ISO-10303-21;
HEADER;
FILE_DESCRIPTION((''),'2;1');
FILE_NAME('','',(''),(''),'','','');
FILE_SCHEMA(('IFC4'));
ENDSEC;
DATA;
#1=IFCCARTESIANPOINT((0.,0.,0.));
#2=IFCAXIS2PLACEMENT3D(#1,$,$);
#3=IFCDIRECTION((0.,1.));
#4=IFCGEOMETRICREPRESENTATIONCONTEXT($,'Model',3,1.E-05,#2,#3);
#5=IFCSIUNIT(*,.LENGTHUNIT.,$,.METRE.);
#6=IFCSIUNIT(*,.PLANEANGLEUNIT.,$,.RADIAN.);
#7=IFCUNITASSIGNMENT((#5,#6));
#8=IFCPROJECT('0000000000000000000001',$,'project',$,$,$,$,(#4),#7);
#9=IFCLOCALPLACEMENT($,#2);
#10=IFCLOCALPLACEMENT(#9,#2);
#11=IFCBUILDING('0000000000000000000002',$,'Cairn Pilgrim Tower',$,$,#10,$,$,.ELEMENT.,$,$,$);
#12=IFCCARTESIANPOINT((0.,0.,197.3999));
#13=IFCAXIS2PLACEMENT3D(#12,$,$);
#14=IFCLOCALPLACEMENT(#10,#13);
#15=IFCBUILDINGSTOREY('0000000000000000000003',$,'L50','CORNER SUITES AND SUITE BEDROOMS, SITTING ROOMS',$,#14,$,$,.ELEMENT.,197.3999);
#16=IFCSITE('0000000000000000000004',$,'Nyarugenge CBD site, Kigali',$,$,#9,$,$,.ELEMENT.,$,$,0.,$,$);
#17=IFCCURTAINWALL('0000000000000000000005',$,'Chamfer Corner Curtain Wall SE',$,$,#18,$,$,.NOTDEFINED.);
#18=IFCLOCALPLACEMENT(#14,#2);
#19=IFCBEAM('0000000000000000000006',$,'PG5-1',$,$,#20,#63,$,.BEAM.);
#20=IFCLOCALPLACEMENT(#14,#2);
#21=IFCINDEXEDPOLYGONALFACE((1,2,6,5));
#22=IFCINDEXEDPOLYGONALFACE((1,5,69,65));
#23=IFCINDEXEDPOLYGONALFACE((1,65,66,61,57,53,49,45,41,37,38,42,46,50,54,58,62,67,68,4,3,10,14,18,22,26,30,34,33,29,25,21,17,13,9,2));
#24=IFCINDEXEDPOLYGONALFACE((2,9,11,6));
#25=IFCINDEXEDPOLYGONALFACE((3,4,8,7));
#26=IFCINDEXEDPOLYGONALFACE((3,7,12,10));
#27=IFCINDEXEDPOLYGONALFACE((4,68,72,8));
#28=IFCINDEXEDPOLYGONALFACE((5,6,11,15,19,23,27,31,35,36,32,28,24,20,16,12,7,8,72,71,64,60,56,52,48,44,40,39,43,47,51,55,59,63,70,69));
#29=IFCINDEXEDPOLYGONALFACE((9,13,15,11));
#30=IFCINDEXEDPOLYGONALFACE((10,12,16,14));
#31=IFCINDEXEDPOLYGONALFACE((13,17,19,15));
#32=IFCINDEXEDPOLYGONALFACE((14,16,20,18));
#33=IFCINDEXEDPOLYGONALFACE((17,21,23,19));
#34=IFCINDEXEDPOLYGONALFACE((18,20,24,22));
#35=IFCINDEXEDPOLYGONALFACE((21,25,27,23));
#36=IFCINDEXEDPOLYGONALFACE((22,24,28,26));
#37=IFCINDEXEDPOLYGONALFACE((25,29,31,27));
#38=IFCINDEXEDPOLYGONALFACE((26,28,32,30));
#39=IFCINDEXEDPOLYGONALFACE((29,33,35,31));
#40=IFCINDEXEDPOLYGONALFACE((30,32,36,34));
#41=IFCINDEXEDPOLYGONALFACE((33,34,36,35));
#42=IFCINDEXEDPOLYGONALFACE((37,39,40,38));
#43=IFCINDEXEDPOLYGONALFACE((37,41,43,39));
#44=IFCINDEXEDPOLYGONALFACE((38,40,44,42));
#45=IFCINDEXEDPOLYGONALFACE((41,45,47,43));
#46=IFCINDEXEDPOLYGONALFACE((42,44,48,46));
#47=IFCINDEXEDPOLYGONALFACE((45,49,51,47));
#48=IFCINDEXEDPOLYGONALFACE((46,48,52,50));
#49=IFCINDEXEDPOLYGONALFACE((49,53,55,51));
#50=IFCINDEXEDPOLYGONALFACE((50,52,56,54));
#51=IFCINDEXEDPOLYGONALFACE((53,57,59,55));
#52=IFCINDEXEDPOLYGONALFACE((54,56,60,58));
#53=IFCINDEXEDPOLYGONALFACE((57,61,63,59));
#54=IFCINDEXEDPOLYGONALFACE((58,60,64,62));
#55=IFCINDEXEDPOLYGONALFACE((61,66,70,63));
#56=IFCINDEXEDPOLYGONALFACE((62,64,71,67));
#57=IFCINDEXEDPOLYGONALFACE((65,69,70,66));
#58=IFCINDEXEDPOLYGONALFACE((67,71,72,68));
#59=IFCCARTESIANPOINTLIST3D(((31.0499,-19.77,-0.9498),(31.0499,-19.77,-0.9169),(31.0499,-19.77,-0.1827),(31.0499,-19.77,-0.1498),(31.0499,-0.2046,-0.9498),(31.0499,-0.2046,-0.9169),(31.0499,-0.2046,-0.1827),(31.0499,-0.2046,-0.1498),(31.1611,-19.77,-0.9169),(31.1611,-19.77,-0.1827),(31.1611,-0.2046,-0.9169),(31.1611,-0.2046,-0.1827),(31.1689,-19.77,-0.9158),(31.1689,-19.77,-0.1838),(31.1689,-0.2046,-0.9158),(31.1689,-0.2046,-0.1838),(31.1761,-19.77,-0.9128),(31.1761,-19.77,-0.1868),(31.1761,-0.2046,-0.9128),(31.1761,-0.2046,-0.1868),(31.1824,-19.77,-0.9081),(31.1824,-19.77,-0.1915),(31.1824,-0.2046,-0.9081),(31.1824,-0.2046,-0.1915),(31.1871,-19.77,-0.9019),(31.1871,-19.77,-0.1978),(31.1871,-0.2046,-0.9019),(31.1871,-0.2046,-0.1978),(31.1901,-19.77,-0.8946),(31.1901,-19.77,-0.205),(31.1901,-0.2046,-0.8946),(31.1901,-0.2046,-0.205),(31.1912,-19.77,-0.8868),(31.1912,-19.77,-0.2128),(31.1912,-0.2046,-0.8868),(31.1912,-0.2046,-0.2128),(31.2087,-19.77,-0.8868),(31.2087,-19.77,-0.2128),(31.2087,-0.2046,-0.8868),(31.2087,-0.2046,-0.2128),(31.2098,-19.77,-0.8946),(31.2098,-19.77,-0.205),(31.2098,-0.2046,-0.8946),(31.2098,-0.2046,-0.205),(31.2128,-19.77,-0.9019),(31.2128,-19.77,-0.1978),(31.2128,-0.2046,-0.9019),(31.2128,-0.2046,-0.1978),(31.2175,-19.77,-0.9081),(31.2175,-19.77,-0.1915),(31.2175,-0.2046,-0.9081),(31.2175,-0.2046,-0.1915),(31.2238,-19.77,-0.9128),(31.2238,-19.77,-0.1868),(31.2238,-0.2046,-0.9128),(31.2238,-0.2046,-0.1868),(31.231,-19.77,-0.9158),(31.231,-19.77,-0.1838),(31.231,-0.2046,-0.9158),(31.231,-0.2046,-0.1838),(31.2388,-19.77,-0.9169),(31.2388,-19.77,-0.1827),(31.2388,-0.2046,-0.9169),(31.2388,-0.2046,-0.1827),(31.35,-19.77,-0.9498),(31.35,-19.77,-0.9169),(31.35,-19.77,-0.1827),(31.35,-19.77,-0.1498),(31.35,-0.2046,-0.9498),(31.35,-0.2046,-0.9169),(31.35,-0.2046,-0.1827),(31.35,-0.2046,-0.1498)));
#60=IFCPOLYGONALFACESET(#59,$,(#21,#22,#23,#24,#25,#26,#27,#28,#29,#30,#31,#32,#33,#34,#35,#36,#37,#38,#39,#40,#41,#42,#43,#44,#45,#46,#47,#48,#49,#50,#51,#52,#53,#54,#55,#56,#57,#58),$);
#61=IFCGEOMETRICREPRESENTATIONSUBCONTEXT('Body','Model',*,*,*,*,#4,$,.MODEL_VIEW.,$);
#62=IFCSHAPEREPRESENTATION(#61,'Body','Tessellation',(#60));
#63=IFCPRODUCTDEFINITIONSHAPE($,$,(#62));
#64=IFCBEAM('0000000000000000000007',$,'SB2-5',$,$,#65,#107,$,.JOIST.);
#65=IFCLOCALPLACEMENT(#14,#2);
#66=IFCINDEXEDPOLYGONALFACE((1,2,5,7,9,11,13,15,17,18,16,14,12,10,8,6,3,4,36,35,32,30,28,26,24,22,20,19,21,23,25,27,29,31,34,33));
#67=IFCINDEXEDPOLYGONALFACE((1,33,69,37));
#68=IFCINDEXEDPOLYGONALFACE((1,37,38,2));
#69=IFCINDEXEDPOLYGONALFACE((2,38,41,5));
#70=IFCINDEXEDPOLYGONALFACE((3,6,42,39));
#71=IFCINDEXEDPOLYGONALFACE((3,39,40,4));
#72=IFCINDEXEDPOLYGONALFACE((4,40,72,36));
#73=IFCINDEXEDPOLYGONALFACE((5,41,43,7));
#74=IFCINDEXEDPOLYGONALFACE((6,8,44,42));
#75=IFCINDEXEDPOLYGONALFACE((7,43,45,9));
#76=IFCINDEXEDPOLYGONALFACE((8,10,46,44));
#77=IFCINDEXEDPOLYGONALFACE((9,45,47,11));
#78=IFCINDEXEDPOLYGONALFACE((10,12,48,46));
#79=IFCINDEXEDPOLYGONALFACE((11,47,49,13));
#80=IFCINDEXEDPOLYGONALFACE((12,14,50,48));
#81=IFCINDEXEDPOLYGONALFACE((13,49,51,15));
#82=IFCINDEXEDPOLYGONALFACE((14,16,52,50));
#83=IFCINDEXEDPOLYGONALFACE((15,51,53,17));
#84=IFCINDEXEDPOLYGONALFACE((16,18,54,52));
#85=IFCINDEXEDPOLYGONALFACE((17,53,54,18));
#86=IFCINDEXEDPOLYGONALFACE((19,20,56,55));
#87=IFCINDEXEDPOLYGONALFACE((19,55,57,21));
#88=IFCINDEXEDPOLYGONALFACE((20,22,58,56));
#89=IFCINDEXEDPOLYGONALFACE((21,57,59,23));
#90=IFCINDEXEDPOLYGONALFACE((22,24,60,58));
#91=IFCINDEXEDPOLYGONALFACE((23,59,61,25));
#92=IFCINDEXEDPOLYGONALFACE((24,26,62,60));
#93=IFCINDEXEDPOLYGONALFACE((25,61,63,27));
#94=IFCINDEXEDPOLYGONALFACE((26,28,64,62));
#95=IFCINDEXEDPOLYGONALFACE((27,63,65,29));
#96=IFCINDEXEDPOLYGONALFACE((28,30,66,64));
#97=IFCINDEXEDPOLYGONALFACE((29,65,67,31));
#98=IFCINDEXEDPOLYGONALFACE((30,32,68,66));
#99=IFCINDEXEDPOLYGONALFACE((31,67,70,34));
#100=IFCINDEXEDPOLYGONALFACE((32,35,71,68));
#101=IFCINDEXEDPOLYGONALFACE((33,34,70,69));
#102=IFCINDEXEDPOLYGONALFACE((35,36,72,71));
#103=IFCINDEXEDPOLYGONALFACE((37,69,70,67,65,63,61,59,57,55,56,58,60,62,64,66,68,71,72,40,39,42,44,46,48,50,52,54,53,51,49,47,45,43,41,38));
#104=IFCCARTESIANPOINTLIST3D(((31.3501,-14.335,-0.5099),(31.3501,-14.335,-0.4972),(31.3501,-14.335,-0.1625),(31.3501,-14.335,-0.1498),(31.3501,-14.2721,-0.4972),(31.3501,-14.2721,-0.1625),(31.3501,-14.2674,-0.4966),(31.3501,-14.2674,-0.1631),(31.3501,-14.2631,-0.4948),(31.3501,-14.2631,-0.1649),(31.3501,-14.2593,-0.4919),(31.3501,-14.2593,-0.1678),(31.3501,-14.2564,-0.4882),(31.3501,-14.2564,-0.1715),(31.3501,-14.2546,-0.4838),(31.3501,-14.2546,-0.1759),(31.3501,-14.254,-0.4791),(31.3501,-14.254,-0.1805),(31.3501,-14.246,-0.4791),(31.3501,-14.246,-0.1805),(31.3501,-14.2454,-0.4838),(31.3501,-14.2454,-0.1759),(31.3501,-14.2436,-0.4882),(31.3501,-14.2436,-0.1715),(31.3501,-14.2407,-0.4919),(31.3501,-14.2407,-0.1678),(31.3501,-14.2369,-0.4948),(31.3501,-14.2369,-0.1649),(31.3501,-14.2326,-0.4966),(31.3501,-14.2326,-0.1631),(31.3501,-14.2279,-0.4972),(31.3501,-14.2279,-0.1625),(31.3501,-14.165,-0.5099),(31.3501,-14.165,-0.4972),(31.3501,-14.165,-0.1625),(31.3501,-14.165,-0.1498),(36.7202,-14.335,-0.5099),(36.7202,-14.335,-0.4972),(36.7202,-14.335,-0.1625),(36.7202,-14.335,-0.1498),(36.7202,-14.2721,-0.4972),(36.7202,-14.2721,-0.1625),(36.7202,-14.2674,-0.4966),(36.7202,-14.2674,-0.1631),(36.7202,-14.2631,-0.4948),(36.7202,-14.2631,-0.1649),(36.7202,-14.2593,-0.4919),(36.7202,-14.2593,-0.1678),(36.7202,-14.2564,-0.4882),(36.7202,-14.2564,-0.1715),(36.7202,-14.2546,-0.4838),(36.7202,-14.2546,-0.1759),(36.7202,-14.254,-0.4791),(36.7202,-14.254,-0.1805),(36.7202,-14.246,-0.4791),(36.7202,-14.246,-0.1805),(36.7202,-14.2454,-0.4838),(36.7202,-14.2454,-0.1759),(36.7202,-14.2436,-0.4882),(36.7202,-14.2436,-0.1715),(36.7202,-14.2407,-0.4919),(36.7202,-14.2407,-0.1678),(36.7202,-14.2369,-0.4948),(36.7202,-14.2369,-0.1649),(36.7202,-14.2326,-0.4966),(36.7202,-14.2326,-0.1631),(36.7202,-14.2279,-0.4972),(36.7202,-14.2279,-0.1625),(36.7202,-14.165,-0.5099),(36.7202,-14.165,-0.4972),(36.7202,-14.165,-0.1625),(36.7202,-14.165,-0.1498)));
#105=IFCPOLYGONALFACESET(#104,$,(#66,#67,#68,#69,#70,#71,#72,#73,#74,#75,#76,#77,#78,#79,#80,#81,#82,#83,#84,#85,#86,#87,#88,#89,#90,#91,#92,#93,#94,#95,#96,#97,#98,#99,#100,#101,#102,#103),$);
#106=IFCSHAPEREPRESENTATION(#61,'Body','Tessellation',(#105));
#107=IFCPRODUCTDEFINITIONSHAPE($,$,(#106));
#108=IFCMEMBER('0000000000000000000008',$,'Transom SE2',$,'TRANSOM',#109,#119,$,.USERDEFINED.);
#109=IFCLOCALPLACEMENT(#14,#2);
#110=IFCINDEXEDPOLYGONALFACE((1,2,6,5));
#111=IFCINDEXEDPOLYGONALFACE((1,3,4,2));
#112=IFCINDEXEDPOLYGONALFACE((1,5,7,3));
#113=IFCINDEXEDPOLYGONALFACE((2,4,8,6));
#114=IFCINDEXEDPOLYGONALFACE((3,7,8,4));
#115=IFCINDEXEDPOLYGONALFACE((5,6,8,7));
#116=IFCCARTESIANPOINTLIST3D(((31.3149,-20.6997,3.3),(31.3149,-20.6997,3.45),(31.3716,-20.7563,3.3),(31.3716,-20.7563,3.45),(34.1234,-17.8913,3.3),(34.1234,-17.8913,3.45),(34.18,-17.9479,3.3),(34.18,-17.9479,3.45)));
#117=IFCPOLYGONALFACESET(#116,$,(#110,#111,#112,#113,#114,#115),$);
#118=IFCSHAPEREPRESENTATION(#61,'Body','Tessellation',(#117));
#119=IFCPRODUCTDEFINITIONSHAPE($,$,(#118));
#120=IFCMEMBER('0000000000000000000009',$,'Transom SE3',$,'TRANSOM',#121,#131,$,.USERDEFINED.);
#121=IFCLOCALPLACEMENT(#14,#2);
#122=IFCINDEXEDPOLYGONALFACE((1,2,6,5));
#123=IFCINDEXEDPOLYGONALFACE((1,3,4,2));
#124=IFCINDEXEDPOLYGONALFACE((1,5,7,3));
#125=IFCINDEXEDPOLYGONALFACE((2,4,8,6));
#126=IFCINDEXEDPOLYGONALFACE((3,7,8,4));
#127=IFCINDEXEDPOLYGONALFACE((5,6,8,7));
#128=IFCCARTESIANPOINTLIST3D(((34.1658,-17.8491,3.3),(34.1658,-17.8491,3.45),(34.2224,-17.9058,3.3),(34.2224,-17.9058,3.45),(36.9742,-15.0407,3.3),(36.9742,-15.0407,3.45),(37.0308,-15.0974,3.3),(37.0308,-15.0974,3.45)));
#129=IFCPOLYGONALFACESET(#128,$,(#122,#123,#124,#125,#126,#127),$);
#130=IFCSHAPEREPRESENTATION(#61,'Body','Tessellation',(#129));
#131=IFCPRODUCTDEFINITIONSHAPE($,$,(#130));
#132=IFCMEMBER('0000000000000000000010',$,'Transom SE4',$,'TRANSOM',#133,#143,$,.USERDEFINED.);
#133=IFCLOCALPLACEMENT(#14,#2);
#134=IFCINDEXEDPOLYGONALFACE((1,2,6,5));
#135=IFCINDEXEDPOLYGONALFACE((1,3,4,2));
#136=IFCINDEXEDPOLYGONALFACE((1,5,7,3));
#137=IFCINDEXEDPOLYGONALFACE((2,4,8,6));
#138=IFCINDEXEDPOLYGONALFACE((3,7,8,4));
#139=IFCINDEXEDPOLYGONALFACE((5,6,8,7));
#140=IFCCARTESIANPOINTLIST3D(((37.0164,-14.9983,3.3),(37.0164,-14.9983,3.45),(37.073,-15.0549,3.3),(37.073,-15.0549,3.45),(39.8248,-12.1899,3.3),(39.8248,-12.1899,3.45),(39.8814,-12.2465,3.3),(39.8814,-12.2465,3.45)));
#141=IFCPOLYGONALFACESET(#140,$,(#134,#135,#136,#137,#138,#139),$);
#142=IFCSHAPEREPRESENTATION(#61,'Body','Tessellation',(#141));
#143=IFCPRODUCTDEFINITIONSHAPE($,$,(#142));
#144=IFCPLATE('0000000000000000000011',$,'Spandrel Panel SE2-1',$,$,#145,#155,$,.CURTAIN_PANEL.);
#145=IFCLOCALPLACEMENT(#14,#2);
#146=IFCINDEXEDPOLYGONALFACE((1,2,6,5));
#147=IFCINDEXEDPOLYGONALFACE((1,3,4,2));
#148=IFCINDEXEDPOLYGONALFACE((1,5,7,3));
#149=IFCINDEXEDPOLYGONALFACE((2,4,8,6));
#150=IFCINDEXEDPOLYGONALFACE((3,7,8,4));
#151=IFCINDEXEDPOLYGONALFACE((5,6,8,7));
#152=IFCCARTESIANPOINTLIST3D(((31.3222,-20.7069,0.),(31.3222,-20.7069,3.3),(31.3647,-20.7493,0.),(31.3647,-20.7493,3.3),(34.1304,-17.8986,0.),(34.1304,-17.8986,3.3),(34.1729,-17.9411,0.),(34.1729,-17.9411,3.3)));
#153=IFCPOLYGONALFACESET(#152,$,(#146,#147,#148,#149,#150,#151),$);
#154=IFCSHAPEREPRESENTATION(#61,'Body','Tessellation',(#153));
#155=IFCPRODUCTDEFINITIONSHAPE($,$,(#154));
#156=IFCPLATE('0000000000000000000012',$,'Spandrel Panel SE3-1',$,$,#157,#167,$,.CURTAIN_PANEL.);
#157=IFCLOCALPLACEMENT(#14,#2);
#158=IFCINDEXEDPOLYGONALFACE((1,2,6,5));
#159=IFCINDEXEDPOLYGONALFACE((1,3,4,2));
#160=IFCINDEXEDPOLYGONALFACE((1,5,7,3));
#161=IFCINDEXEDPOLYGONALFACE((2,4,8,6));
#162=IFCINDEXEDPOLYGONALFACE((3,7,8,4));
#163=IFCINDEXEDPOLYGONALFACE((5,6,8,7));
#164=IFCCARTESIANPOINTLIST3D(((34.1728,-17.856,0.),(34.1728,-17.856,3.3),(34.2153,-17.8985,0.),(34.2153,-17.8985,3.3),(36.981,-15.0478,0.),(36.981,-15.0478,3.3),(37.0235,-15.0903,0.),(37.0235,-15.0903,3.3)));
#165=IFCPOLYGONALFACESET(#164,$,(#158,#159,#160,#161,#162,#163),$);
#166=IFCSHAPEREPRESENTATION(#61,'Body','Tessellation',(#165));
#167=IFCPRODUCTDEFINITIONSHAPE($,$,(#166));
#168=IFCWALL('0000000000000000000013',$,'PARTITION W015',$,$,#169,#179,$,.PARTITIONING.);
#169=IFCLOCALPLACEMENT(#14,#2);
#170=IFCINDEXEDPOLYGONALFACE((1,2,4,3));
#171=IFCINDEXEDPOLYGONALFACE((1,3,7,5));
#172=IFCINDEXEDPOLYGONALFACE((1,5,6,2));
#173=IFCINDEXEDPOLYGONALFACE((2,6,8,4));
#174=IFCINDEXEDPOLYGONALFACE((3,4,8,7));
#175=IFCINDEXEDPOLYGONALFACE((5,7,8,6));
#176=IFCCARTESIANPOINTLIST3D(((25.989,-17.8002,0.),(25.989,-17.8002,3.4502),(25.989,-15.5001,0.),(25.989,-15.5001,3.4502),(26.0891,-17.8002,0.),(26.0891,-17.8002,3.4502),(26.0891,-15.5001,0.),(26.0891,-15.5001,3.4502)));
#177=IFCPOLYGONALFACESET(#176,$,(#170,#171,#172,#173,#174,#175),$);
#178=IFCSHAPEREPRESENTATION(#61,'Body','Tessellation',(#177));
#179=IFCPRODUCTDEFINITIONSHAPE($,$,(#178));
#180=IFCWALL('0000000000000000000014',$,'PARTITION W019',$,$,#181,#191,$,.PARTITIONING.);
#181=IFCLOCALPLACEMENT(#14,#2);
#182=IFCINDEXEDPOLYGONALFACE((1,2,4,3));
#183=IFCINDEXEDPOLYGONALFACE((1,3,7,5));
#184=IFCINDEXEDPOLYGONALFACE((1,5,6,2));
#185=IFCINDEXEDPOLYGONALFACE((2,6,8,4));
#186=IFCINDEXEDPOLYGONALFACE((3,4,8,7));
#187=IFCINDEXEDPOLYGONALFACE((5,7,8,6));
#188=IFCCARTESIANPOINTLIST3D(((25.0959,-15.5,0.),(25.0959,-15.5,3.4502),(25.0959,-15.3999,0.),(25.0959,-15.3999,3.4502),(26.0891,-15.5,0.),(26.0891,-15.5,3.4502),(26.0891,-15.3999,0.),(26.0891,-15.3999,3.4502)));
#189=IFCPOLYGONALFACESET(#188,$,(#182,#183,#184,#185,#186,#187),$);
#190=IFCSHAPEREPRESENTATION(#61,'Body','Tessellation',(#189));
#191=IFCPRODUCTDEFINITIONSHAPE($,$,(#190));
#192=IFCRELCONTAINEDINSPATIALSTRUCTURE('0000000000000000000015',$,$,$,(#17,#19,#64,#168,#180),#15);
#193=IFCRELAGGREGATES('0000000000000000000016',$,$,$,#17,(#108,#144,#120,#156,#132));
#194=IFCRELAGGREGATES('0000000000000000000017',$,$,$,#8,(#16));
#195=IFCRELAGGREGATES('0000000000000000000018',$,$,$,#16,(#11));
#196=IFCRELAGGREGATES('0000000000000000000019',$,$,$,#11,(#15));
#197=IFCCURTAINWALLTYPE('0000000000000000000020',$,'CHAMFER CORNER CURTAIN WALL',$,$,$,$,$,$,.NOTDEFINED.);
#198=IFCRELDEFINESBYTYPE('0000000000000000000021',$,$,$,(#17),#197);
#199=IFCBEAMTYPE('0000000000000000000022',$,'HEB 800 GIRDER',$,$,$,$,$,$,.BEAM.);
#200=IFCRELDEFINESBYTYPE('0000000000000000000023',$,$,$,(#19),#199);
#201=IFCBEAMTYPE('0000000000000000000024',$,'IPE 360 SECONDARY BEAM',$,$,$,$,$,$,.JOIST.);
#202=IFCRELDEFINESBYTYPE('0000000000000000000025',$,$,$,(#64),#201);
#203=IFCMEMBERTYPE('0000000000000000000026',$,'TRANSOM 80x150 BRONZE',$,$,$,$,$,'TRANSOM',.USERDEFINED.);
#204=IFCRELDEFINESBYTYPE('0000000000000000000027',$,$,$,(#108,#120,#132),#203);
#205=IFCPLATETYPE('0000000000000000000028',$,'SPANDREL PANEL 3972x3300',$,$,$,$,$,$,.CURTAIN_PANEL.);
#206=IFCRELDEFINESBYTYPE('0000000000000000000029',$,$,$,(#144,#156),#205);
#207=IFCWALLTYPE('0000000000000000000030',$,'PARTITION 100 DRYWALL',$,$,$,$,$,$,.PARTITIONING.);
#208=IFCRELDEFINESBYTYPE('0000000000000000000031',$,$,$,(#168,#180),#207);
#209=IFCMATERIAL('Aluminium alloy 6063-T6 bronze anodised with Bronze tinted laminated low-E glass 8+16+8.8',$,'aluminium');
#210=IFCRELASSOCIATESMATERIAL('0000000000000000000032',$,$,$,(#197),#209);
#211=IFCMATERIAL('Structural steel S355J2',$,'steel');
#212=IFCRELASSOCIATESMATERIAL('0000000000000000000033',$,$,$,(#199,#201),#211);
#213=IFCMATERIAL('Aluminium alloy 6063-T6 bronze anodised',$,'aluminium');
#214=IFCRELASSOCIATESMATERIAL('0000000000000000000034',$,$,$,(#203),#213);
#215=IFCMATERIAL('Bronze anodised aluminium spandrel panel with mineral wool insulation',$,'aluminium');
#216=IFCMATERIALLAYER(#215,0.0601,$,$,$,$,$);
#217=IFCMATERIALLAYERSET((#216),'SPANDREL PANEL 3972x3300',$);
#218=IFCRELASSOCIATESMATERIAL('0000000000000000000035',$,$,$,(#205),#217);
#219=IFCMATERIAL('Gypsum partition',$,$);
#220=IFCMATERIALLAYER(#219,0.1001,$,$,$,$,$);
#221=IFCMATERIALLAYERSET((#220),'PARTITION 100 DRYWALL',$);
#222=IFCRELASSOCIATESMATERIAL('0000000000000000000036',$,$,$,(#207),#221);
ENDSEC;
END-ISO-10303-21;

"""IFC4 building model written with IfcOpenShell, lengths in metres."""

from ifc_helpers import new_model, si_unit, direction, frame, frame_2d, origin, origin_2d, place, context, subcontext, project, spatial, rectangle, i_section, extrude, material, layer, layer_set, material_profile, profile_set, type_object, element, aggregate, save


model = new_model("IFC4")

# Units and contexts
model_context = context("Model", 3, precision=1e-05, world=origin(), true_north=direction((0.0, 1.0)))
body_context = subcontext(model_context, "Body", "Model", "MODEL_VIEW")
ifc_project = project(units=[si_unit("LENGTHUNIT", "METRE"), si_unit("PLANEANGLEUNIT", "RADIAN")], contexts=[model_context])

# Site, building, storey
site_placement = place(None, origin())
site = spatial("IfcSite", under=ifc_project, at=site_placement, Name="Nyarugenge CBD site, Kigali", CompositionType="ELEMENT", RefElevation=0.0)
building_placement = place(site_placement, origin())
building = spatial("IfcBuilding", under=site, at=building_placement, Name="Cairn Pilgrim Tower", CompositionType="ELEMENT")
storey_placement = place(building_placement, frame((0.0, 0.0, 197.3999)))
storey = spatial("IfcBuildingStorey", under=building, at=storey_placement, Name="L50", Description="CORNER SUITES AND SUITE BEDROOMS, SITTING ROOMS", CompositionType="ELEMENT", Elevation=197.3999)

# Shared definitions
ifc_material_1 = material(Name="Structural steel S355J2", Category="steel")

# Curtain wall
ifc_material_2 = material(Name="Aluminium alloy 6063-T6 bronze anodised with Bronze tinted laminated low-E glass 8+16+8.8", Category="aluminium")
curtain_wall_type = type_object("IfcCurtainWallType", Name="CHAMFER CORNER CURTAIN WALL", PredefinedType="NOTDEFINED", material=ifc_material_2)
curtain_wall_placement = place(storey_placement, origin())
curtain_wall = element("IfcCurtainWall", 1, at=curtain_wall_placement, inside=storey, type_object=curtain_wall_type, Name="Chamfer Corner Curtain Wall SE", PredefinedType="NOTDEFINED")
ifc_material_3 = material(Name="Aluminium alloy 6063-T6 bronze anodised", Category="aluminium")

# Beams
ifc_material_profile_1 = material_profile(ifc_material_1, i_section(OverallWidth=0.3, OverallDepth=0.8, WebThickness=0.0176, FlangeThickness=0.033, FilletRadius=0.03, at=origin_2d()), Name="HEB 800")
ifc_profile_set_1 = profile_set([ifc_material_profile_1], Name="Structural steel S355J2")
beam_type_1 = type_object("IfcBeamType", Name="HEB 800 GIRDER", PredefinedType="BEAM", material=ifc_profile_set_1)
beam_1_placement = place(storey_placement, frame((31.2, -19.77, -0.5498), z_axis=(0.0, 1.0, 0.0), x_axis=(-1.0, 0.0, 0.0)))
element("IfcBeam", 2, at=beam_1_placement, inside=storey, type_object=beam_type_1, Name="PG5-1", PredefinedType="BEAM", context=body_context, shape_type="SweptSolid", body=[
    extrude(i_section(OverallWidth=0.3, OverallDepth=0.8, WebThickness=0.0176, FlangeThickness=0.033, FilletRadius=0.03, at=origin_2d()), origin(), (0.0, 0.0, 1.0), 19.5654),
])
ifc_material_profile_2 = material_profile(ifc_material_1, i_section(OverallWidth=0.1699, OverallDepth=0.3601, WebThickness=0.0081, FlangeThickness=0.0127, FilletRadius=0.0181, at=origin_2d()), Name="IPE 360")
ifc_profile_set_2 = profile_set([ifc_material_profile_2], Name="Structural steel S355J2")
beam_type_2 = type_object("IfcBeamType", Name="IPE 360 SECONDARY BEAM", PredefinedType="JOIST", material=ifc_profile_set_2)
beam_2_placement = place(storey_placement, frame((31.3501, -14.25, -0.3298), z_axis=(1.0, 0.0, 0.0), x_axis=(0.0, 1.0, 0.0)))
element("IfcBeam", 3, at=beam_2_placement, inside=storey, type_object=beam_type_2, Name="SB2-5", PredefinedType="JOIST", context=body_context, shape_type="SweptSolid", body=[
    extrude(i_section(OverallWidth=0.1699, OverallDepth=0.3601, WebThickness=0.0081, FlangeThickness=0.0127, FilletRadius=0.0181, at=origin_2d()), origin(), (0.0, 0.0, 1.0), 5.3701),
])

# Members
ifc_material_profile_3 = material_profile(ifc_material_3, rectangle(XDim=0.0801, YDim=0.1499, at=origin_2d()), Name="TRANSOM 80x150 BRONZE")
ifc_profile_set_3 = profile_set([ifc_material_profile_3], Name="Aluminium alloy 6063-T6 bronze anodised")
member_type_1 = type_object("IfcMemberType", Name="TRANSOM 80x150 BRONZE", ElementType="TRANSOM", PredefinedType="USERDEFINED", material=ifc_profile_set_3)
member_1_placement = place(storey_placement, frame((31.3433, -20.728, 3.375), z_axis=(0.707107, 0.707107, 0.0), x_axis=(-0.707107, 0.707107, 0.0)))
member_1 = element("IfcMember", 4, at=member_1_placement, type_object=member_type_1, Name="Transom SE2", ObjectType="TRANSOM", PredefinedType="USERDEFINED", context=body_context, shape_type="SweptSolid", body=[
    extrude(rectangle(XDim=0.0801, YDim=0.1499, at=origin_2d()), origin(), (0.0, 0.0, 1.0), 3.9717),
])
member_2_placement = place(storey_placement, frame((34.1941, -17.8774, 3.375), z_axis=(0.707107, 0.707107, 0.0), x_axis=(-0.707107, 0.707107, 0.0)))
member_2 = element("IfcMember", 5, at=member_2_placement, type_object=member_type_1, Name="Transom SE3", ObjectType="TRANSOM", PredefinedType="USERDEFINED", context=body_context, shape_type="SweptSolid", body=[
    extrude(rectangle(XDim=0.0801, YDim=0.1499, at=origin_2d()), origin(), (0.0, 0.0, 1.0), 3.9717),
])
member_3_placement = place(storey_placement, frame((37.0447, -15.0266, 3.375), z_axis=(0.707107, 0.707107, 0.0), x_axis=(-0.707107, 0.707107, 0.0)))
member_3 = element("IfcMember", 6, at=member_3_placement, type_object=member_type_1, Name="Transom SE4", ObjectType="TRANSOM", PredefinedType="USERDEFINED", context=body_context, shape_type="SweptSolid", body=[
    extrude(rectangle(XDim=0.0801, YDim=0.1499, at=origin_2d()), origin(), (0.0, 0.0, 1.0), 3.9717),
])

# Plates
ifc_material_4 = material(Name="Bronze anodised aluminium spandrel panel with mineral wool insulation", Category="aluminium")
ifc_layer_1 = layer(ifc_material_4, 0.0601)
ifc_layer_set_1 = layer_set([ifc_layer_1], Name="SPANDREL PANEL 3972x3300")
plate_type = type_object("IfcPlateType", Name="SPANDREL PANEL 3972x3300", PredefinedType="CURTAIN_PANEL", material=ifc_layer_set_1)
plate_1_placement = place(storey_placement, frame((32.7476, -19.324, 0.0), z_axis=(0.0, 0.0, 1.0), x_axis=(0.707107, 0.707107, 0.0)))
plate_1 = element("IfcPlate", 7, at=plate_1_placement, type_object=plate_type, Name="Spandrel Panel SE2-1", PredefinedType="CURTAIN_PANEL", context=body_context, shape_type="SweptSolid", body=[
    extrude(rectangle(XDim=3.9714, YDim=0.0601, at=origin_2d()), origin(), (0.0, 0.0, 1.0), 3.3),
])
plate_2_placement = place(storey_placement, frame((35.5981, -16.4731, 0.0), z_axis=(0.0, 0.0, 1.0), x_axis=(0.707107, 0.707107, 0.0)))
plate_2 = element("IfcPlate", 8, at=plate_2_placement, type_object=plate_type, Name="Spandrel Panel SE3-1", PredefinedType="CURTAIN_PANEL", context=body_context, shape_type="SweptSolid", body=[
    extrude(rectangle(XDim=3.9714, YDim=0.0601, at=origin_2d()), origin(), (0.0, 0.0, 1.0), 3.3),
])
aggregate(curtain_wall, [member_1, plate_1, member_2, plate_2, member_3])

# Walls
ifc_material_5 = material(Name="Gypsum partition")
ifc_layer_2 = layer(ifc_material_5, 0.1001)
ifc_layer_set_2 = layer_set([ifc_layer_2], Name="PARTITION 100 DRYWALL")
wall_type_1 = type_object("IfcWallType", Name="PARTITION 100 DRYWALL", PredefinedType="PARTITIONING", material=ifc_layer_set_2)
wall_1_placement = place(storey_placement, frame((26.0391, -17.8, 0.0), z_axis=(0.0, 0.0, 1.0), x_axis=(0.0, 1.0, 0.0)))
element("IfcWall", 9, at=wall_1_placement, inside=storey, type_object=wall_type_1, Name="PARTITION W015", PredefinedType="PARTITIONING", context=body_context, shape_type="SweptSolid", body=[
    extrude(rectangle(XDim=2.3, YDim=0.1001, at=frame_2d((1.1499, 0.0))), origin(), (0.0, 0.0, 1.0), 3.4502),
])
wall_2_placement = place(storey_placement, frame((25.0959, -15.45, 0.0), z_axis=(0.0, 0.0, 1.0), x_axis=(1.0, 0.0, 0.0)))
element("IfcWall", 10, at=wall_2_placement, inside=storey, type_object=wall_type_1, Name="PARTITION W019", PredefinedType="PARTITIONING", context=body_context, shape_type="SweptSolid", body=[
    extrude(rectangle(XDim=0.9932, YDim=0.1001, at=frame_2d((0.4966, 0.0))), origin(), (0.0, 0.0, 1.0), 3.4502),
])

save(model, "model.ifc")
